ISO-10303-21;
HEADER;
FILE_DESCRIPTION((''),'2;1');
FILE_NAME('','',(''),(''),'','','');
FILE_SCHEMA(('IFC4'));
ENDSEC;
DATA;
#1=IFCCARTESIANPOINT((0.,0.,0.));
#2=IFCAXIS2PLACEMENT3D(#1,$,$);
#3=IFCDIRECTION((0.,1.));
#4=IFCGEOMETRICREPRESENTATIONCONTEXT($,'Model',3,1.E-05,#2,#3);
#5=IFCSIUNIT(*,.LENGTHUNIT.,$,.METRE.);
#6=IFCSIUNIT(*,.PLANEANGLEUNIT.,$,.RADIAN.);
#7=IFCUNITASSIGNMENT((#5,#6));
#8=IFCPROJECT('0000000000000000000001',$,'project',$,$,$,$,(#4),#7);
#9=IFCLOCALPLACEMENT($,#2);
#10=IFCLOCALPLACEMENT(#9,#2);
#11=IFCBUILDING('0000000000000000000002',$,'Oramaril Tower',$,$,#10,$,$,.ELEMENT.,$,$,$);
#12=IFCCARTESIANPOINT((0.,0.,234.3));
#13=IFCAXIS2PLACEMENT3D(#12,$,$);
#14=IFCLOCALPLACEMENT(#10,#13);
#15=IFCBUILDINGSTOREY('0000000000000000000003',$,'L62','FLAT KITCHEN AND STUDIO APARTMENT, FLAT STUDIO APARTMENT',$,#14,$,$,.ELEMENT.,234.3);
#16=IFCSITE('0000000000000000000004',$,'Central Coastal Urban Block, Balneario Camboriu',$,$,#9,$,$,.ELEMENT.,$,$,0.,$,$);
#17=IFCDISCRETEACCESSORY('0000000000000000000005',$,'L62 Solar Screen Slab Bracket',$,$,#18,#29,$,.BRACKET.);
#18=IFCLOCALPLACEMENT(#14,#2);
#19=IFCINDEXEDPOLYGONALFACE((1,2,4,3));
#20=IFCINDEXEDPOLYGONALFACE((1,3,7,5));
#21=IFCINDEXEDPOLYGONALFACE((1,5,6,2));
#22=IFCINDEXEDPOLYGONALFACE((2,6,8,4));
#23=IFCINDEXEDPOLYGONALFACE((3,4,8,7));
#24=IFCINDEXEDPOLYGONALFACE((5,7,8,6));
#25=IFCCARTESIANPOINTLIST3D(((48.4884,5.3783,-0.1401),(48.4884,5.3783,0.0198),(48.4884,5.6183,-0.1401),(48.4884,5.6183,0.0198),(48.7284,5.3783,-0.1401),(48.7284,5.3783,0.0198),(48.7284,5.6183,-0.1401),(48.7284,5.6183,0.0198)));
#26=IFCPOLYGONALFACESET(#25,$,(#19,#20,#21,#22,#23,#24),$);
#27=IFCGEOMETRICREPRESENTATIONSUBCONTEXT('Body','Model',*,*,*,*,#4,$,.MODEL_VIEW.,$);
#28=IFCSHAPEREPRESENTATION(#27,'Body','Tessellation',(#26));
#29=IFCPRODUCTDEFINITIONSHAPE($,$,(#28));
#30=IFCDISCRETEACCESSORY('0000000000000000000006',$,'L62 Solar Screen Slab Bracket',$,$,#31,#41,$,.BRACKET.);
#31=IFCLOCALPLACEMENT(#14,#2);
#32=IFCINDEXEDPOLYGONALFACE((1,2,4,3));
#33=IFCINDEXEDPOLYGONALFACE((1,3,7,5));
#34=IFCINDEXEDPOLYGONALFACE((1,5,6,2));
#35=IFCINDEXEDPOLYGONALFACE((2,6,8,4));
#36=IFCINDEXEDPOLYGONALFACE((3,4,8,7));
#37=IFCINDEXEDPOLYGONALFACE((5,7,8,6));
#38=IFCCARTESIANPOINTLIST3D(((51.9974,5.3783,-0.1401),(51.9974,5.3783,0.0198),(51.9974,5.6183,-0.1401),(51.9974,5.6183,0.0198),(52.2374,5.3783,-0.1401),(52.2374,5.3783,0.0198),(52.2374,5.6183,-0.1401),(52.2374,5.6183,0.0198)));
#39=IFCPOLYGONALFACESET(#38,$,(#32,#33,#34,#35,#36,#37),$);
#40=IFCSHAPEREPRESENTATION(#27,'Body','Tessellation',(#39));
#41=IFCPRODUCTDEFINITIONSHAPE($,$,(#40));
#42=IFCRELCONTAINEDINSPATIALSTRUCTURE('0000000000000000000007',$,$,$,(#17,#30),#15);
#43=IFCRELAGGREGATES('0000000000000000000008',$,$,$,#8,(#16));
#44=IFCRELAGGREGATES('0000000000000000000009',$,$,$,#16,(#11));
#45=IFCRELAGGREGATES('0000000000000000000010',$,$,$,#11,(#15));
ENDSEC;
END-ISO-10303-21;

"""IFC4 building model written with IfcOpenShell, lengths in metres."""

from ifc_helpers import new_model, si_unit, direction, frame, origin, origin_2d, place, context, subcontext, project, spatial, rectangle, extrude, element, save


model = new_model("IFC4")

# Units and contexts
model_context = context("Model", 3, precision=1e-05, world=origin(), true_north=direction((0.0, 1.0)))
body_context = subcontext(model_context, "Body", "Model", "MODEL_VIEW")
ifc_project = project(units=[si_unit("LENGTHUNIT", "METRE"), si_unit("PLANEANGLEUNIT", "RADIAN")], contexts=[model_context])

# Site, building, storey
site_placement = place(None, origin())
site = spatial("IfcSite", under=ifc_project, at=site_placement, Name="Central Coastal Urban Block, Balneario Camboriu", CompositionType="ELEMENT", RefElevation=0.0)
building_placement = place(site_placement, origin())
building = spatial("IfcBuilding", under=site, at=building_placement, Name="Oramaril Tower", CompositionType="ELEMENT")
storey_placement = place(building_placement, frame((0.0, 0.0, 234.3)))
storey = spatial("IfcBuildingStorey", under=building, at=storey_placement, Name="L62", Description="FLAT KITCHEN AND STUDIO APARTMENT, FLAT STUDIO APARTMENT", CompositionType="ELEMENT", Elevation=234.3)

# Discrete accessories
for number, where, z_axis, x_axis, name in (
    (1, (48.6084, 5.4983, -0.1401), (0.0, 0.0, 1.0), (1.0, 0.0, 0.0), "L62 Solar Screen Slab Bracket"),
    (2, (52.1174, 5.4983, -0.1401), (0.0, 0.0, 1.0), (1.0, 0.0, 0.0), "L62 Solar Screen Slab Bracket"),
):
    element("IfcDiscreteAccessory", number, at=place(storey_placement, frame(where, z_axis=z_axis, x_axis=x_axis)), inside=storey, Name=name, PredefinedType="BRACKET", context=body_context, shape_type="SweptSolid", body=[
        extrude(rectangle(XDim=0.24, YDim=0.24, at=origin_2d()), origin(), (0.0, 0.0, 1.0), 0.1599),
    ])

save(model, "model.ifc")
